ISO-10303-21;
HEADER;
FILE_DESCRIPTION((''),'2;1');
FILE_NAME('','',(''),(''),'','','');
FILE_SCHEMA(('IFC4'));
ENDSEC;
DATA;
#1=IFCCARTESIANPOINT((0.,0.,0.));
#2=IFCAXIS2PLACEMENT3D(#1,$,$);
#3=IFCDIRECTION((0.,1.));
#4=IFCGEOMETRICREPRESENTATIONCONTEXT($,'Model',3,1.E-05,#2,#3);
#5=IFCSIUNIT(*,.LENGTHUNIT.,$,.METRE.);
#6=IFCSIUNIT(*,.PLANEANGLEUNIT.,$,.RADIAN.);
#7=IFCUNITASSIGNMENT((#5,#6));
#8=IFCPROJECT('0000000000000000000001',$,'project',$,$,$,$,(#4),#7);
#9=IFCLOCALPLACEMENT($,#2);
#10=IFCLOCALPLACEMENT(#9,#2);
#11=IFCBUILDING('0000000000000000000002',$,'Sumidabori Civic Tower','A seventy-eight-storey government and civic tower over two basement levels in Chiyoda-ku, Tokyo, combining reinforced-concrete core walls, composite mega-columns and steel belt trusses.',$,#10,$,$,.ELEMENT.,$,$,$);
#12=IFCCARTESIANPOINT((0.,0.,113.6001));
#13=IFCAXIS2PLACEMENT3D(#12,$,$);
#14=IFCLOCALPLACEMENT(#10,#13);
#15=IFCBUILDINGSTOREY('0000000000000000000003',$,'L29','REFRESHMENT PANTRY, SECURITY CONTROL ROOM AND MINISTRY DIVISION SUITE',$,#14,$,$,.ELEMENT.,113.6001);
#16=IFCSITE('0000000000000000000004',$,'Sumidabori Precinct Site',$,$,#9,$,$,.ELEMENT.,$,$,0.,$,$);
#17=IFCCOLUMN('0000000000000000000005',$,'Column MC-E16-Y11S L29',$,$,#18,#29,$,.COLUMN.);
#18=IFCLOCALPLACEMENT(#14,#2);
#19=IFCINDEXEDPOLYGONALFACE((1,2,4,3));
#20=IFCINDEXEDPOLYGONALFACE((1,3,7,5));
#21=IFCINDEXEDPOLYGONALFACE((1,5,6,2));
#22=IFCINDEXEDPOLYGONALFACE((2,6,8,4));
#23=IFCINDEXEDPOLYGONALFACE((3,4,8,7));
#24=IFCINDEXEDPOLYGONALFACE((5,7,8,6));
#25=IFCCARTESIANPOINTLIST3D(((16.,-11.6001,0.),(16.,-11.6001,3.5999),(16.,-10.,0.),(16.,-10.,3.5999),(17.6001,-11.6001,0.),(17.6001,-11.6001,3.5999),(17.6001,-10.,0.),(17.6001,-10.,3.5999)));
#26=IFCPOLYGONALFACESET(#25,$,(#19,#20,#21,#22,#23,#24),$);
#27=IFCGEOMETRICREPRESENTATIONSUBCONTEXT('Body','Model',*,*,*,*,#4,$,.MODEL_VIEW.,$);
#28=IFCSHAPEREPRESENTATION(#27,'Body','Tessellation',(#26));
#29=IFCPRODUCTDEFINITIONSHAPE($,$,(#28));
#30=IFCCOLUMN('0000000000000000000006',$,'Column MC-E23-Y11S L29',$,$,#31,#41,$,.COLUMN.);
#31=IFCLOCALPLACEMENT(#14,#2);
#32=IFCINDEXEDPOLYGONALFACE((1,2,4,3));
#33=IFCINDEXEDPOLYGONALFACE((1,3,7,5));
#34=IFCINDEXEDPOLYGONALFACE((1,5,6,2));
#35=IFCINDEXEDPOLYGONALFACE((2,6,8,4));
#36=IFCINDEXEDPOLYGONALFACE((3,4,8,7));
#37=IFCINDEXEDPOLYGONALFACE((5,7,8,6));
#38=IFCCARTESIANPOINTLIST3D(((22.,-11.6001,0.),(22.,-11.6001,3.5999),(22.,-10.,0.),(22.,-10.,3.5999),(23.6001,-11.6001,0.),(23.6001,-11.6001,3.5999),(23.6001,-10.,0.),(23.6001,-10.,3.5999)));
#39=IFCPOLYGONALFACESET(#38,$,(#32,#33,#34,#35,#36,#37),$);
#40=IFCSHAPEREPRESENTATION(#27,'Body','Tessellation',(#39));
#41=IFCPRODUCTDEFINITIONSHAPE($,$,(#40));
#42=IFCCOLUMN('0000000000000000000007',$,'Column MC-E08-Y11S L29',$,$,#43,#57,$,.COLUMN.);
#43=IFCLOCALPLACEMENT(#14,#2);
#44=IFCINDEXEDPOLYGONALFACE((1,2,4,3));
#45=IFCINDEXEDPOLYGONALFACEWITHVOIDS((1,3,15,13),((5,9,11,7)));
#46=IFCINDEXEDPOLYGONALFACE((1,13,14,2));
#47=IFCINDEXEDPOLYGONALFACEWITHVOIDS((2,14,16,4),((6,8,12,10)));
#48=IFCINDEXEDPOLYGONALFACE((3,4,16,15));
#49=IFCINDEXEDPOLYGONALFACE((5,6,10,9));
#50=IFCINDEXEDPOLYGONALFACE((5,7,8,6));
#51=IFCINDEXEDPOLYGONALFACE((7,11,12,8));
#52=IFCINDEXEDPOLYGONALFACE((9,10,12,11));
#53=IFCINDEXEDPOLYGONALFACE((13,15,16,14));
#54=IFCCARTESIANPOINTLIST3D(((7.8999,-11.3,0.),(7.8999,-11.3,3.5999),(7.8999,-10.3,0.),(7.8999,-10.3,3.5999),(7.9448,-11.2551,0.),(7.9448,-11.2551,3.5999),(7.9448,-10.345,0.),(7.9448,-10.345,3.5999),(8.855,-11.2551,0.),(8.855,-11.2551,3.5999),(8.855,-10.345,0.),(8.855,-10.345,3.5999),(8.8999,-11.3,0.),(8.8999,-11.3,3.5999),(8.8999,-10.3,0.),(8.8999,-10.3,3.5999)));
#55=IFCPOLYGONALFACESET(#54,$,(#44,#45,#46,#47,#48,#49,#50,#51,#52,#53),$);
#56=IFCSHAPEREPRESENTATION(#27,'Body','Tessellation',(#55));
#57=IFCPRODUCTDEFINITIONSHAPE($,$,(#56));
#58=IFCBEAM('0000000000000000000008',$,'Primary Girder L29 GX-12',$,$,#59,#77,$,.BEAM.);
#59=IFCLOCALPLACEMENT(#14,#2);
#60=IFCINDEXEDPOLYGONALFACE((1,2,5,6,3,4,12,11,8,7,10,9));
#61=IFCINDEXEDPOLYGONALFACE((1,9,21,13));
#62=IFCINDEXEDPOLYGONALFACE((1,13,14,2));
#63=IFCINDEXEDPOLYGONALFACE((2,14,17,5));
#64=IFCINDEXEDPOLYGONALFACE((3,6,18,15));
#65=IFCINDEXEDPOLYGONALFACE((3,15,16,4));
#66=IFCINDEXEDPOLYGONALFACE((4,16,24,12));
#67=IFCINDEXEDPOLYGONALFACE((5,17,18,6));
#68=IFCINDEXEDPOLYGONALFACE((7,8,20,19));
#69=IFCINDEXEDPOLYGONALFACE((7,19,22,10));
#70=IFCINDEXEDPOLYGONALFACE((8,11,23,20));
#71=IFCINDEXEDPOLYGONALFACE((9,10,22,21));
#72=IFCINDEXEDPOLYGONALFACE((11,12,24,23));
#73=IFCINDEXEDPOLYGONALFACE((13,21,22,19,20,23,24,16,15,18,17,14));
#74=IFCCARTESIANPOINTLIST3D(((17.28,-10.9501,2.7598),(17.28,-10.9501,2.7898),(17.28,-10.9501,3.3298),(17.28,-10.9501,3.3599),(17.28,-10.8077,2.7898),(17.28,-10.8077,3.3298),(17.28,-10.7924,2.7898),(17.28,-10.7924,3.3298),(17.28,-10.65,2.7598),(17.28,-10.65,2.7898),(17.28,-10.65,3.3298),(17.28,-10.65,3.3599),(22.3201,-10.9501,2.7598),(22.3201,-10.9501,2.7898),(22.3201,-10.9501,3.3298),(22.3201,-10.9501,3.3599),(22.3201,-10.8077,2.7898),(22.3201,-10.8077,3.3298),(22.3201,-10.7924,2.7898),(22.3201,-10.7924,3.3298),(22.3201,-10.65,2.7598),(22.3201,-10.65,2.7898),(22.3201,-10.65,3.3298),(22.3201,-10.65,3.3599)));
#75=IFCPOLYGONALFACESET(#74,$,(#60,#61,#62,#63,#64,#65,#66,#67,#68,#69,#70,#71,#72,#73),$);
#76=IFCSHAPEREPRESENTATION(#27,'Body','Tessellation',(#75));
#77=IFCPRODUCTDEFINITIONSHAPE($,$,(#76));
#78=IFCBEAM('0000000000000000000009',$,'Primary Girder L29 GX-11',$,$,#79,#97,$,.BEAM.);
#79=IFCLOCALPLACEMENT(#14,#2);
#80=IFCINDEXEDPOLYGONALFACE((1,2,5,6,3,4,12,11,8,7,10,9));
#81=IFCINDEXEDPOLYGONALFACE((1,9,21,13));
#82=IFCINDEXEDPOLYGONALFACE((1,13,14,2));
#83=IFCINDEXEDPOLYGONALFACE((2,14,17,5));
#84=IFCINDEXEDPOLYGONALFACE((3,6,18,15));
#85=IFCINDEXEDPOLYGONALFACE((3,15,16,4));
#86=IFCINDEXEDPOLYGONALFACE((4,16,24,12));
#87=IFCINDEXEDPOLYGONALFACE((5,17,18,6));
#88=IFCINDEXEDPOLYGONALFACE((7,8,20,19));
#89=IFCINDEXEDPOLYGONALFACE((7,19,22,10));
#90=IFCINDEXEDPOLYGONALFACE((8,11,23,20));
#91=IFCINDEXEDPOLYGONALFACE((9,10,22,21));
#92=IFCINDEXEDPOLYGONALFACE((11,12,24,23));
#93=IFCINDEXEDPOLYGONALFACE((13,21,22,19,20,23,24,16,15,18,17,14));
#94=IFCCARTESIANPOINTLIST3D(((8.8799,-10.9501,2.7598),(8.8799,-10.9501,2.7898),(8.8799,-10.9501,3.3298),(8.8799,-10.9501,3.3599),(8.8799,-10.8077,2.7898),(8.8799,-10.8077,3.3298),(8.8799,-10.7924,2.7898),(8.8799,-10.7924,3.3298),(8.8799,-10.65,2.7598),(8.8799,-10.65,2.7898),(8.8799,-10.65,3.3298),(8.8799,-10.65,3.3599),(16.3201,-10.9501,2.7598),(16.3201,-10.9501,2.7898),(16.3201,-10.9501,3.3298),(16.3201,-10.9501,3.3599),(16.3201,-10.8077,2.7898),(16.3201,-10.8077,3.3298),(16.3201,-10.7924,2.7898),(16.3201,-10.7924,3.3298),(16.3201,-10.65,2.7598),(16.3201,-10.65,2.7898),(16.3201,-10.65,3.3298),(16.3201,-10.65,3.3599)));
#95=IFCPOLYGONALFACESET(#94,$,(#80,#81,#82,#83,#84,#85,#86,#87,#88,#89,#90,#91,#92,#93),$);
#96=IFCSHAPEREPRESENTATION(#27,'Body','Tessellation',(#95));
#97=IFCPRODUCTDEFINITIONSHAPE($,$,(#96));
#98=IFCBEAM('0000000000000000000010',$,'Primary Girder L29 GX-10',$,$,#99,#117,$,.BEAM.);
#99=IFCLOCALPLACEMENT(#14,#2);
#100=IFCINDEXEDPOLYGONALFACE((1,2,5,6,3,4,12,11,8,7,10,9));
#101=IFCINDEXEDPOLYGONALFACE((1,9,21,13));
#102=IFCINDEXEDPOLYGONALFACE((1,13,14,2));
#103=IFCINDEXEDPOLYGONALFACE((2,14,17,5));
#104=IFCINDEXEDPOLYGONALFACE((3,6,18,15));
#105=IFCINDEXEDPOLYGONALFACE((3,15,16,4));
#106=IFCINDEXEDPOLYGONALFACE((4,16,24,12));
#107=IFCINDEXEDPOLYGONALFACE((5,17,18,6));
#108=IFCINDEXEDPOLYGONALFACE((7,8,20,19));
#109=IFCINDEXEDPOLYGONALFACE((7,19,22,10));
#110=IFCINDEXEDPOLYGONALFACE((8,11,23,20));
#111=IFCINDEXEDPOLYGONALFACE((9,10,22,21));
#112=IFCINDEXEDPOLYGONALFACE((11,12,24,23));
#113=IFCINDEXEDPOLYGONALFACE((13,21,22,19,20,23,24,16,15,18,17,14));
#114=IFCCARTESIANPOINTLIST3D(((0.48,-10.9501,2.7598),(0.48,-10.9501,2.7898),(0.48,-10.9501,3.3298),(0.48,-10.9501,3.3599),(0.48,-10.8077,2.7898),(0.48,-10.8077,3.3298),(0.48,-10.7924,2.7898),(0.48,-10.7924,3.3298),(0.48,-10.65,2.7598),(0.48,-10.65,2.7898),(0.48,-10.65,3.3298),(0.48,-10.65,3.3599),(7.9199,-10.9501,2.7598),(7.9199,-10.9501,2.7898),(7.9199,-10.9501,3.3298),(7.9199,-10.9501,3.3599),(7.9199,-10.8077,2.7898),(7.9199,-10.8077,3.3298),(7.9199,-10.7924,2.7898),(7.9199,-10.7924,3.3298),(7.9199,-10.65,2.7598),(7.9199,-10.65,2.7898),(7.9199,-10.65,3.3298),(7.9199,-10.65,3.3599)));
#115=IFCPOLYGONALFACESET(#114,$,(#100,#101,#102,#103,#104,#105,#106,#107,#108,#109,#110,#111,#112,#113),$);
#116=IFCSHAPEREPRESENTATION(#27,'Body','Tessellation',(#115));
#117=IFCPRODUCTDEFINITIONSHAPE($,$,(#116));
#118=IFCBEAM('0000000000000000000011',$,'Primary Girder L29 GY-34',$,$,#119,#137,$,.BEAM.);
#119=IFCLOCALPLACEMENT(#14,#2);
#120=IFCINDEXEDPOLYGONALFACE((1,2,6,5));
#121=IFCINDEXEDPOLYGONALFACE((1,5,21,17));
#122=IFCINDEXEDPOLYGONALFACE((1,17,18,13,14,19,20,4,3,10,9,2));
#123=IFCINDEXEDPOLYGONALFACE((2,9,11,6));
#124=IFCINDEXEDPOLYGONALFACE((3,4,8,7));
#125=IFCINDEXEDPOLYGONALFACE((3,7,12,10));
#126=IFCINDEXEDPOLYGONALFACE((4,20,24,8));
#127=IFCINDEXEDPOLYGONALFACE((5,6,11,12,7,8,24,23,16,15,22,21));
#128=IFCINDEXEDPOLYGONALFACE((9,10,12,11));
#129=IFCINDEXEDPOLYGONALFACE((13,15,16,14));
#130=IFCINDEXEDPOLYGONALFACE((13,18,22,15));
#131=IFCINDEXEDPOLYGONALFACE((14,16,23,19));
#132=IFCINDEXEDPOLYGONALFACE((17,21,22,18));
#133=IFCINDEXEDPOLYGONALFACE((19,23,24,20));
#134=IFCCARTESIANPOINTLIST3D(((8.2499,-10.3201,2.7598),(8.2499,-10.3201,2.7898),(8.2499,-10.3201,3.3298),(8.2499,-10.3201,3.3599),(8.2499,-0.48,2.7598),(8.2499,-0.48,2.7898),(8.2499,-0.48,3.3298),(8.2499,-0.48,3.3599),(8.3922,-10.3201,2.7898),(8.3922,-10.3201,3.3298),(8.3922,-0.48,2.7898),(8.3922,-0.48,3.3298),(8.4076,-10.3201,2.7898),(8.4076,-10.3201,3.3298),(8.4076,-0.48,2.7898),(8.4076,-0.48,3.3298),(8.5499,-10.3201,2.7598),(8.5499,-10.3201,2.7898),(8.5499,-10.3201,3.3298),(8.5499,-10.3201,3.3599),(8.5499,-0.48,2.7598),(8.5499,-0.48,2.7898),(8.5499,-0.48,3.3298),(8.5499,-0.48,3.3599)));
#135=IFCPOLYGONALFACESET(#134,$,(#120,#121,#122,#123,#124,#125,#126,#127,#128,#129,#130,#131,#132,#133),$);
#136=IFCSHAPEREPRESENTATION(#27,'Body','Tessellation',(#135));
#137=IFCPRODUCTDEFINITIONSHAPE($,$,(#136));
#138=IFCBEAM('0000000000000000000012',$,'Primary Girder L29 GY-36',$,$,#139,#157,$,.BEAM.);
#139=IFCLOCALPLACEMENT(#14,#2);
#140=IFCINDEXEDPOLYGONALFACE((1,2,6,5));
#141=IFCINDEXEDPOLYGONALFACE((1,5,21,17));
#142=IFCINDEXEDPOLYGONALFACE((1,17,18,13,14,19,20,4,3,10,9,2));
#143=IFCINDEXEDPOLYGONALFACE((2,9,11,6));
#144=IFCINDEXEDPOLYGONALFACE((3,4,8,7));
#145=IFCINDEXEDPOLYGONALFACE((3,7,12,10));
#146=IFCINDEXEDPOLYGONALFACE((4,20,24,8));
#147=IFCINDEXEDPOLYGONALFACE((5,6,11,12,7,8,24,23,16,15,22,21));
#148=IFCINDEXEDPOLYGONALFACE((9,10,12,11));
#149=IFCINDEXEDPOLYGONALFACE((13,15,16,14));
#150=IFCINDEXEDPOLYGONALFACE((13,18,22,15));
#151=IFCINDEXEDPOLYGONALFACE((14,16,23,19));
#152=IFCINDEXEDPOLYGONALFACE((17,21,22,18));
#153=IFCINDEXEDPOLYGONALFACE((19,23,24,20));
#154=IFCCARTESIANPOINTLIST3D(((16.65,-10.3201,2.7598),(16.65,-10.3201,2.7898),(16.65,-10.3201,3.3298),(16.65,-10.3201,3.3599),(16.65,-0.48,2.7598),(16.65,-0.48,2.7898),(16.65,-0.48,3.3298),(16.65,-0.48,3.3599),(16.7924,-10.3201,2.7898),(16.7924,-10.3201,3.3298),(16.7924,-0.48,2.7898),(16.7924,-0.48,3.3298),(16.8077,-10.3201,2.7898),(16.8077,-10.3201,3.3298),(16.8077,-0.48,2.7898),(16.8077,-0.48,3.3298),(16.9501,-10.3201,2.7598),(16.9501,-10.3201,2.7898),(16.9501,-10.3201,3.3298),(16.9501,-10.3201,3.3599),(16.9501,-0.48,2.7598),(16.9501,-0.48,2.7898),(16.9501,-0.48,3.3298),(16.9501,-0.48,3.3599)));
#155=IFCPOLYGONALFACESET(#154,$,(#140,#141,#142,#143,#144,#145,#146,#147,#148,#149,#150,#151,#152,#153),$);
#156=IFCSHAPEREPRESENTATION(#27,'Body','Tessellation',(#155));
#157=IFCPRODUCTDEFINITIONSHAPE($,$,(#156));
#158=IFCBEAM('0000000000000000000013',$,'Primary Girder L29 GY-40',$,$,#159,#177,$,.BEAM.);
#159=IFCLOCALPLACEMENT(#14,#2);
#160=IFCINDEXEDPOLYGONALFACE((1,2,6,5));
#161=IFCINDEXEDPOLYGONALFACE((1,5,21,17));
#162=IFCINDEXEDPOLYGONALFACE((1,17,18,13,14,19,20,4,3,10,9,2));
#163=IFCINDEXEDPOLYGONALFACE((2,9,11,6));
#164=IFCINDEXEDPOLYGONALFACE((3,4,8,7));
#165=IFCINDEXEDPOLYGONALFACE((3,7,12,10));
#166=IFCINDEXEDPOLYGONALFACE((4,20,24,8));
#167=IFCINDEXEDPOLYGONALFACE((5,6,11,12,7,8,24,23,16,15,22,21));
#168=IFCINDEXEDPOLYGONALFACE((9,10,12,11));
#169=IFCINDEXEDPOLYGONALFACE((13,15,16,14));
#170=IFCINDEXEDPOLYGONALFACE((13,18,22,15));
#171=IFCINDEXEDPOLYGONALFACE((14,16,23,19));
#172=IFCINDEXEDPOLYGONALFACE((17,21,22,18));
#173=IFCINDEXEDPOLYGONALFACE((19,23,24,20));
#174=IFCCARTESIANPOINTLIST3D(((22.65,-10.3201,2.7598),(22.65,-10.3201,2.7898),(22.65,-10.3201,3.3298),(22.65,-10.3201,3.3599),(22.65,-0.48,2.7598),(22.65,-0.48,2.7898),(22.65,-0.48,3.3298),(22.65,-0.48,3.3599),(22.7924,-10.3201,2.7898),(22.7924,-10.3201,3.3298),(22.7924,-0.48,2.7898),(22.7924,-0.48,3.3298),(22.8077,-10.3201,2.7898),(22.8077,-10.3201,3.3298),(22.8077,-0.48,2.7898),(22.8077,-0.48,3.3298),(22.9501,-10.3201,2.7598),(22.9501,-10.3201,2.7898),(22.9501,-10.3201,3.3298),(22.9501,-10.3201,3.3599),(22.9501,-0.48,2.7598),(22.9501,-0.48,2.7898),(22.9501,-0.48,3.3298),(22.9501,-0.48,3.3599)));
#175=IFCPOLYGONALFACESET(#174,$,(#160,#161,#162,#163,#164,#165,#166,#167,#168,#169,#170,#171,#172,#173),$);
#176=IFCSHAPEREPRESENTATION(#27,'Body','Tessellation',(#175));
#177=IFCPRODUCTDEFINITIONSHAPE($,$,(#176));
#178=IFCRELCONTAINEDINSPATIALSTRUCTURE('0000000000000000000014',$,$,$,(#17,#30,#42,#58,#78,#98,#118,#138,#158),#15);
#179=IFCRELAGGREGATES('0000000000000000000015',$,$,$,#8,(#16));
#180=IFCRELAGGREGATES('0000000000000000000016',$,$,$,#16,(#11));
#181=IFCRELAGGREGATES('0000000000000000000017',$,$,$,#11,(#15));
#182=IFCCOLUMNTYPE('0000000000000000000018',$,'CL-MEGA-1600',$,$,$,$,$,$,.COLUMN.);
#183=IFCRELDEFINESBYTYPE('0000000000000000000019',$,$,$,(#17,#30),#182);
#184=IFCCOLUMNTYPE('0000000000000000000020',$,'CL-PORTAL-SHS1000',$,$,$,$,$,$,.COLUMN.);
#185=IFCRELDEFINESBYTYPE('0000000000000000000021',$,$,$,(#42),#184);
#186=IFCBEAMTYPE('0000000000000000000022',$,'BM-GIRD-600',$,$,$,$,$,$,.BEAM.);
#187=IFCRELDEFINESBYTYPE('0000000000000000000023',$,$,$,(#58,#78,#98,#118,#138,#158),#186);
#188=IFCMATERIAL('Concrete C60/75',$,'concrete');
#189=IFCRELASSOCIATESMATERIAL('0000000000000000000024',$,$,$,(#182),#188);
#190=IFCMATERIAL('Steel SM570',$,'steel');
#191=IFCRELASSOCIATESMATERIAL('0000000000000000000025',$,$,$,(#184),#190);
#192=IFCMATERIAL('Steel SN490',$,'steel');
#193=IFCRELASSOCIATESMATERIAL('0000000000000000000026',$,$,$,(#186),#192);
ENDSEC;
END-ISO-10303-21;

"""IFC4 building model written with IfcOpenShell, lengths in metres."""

from ifc_helpers import new_model, si_unit, direction, frame, origin, origin_2d, place, context, subcontext, project, spatial, rectangle, hollow_rectangle, i_section, extrude, source, transform, mapped, material, material_profile, profile_set, type_object, element, save


model = new_model("IFC4")

# Units and contexts
model_context = context("Model", 3, precision=1e-05, world=origin(), true_north=direction((0.0, 1.0)))
body_context = subcontext(model_context, "Body", "Model", "MODEL_VIEW")
ifc_project = project(units=[si_unit("LENGTHUNIT", "METRE"), si_unit("PLANEANGLEUNIT", "RADIAN")], contexts=[model_context])

# Site, building, storey
site_placement = place(None, origin())
site = spatial("IfcSite", under=ifc_project, at=site_placement, Name="Sumidabori Precinct Site", CompositionType="ELEMENT", RefElevation=0.0)
building_placement = place(site_placement, origin())
building = spatial("IfcBuilding", under=site, at=building_placement, Name="Sumidabori Civic Tower", Description="A seventy-eight-storey government and civic tower over two basement levels in Chiyoda-ku, Tokyo, combining reinforced-concrete core walls, composite mega-columns and steel belt trusses.", CompositionType="ELEMENT")
storey_placement = place(building_placement, frame((0.0, 0.0, 113.6001)))
storey = spatial("IfcBuildingStorey", under=building, at=storey_placement, Name="L29", Description="REFRESHMENT PANTRY, SECURITY CONTROL ROOM AND MINISTRY DIVISION SUITE", CompositionType="ELEMENT", Elevation=113.6001)

# Columns
ifc_material_1 = material(Name="Concrete C60/75", Category="concrete")
ifc_material_profile_1 = material_profile(ifc_material_1, rectangle(XDim=1.6001, YDim=1.6001, at=origin_2d()), Name="RC 1600x1600")
ifc_profile_set_1 = profile_set([ifc_material_profile_1], Name="Concrete C60/75")
column_type_1 = type_object("IfcColumnType", Name="CL-MEGA-1600", PredefinedType="COLUMN", material=ifc_profile_set_1)
shared_shape_1 = source(origin(), body_context, "Body", "SweptSolid", [
    extrude(rectangle(XDim=1.6001, YDim=1.6001, at=origin_2d()), origin(), (0.0, 0.0, 1.0), 3.5999),
])
for number, where, z_axis, x_axis, name in (
    (1, (16.8, -10.8, 0.0), (0.0, 0.0, 1.0), (1.0, 0.0, 0.0), "Column MC-E16-Y11S L29"),
    (2, (22.8, -10.8, 0.0), (0.0, 0.0, 1.0), (1.0, 0.0, 0.0), "Column MC-E23-Y11S L29"),
):
    element("IfcColumn", number, at=place(storey_placement, frame(where, z_axis=z_axis, x_axis=x_axis)), inside=storey, type_object=column_type_1, Name=name, PredefinedType="COLUMN", context=body_context, shape_type="MappedRepresentation", body=[
        mapped(shared_shape_1, transform((0.0, 0.0, 0.0), x_axis=(1.0, 0.0, 0.0), y_axis=(0.0, 1.0, 0.0), z_axis=(0.0, 0.0, 1.0), scale=1.0)),
    ])
ifc_material_2 = material(Name="Steel SM570", Category="steel")
ifc_material_profile_2 = material_profile(ifc_material_2, hollow_rectangle(XDim=1.0, YDim=1.0, WallThickness=0.0449, at=origin_2d()), Name="SHS 1000x1000x45")
ifc_profile_set_2 = profile_set([ifc_material_profile_2], Name="Steel SM570")
column_type_2 = type_object("IfcColumnType", Name="CL-PORTAL-SHS1000", PredefinedType="COLUMN", material=ifc_profile_set_2)
shared_shape_2 = source(origin(), body_context, "Body", "SweptSolid", [
    extrude(hollow_rectangle(XDim=1.0, YDim=1.0, WallThickness=0.0449, at=origin_2d()), origin(), (0.0, 0.0, 1.0), 3.5999),
])
column_placement = place(storey_placement, frame((8.3999, -10.8, 0.0), z_axis=(0.0, 0.0, 1.0), x_axis=(1.0, 0.0, 0.0)))
element("IfcColumn", 3, at=column_placement, inside=storey, type_object=column_type_2, Name="Column MC-E08-Y11S L29", PredefinedType="COLUMN", context=body_context, shape_type="MappedRepresentation", body=[
    mapped(shared_shape_2, transform((0.0, 0.0, 0.0), x_axis=(1.0, 0.0, 0.0), y_axis=(0.0, 1.0, 0.0), z_axis=(0.0, 0.0, 1.0), scale=1.0)),
])

# Beams
ifc_material_3 = material(Name="Steel SN490", Category="steel")
ifc_material_profile_3 = material_profile(ifc_material_3, i_section(OverallWidth=0.3, OverallDepth=0.6001, WebThickness=0.0154, FlangeThickness=0.03, at=origin_2d()), Name="HE 600 B")
ifc_profile_set_3 = profile_set([ifc_material_profile_3], Name="Steel SN490")
beam_type_1 = type_object("IfcBeamType", Name="BM-GIRD-600", PredefinedType="BEAM", material=ifc_profile_set_3)
shared_shape_3 = source(origin(), body_context, "Body", "SweptSolid", [
    extrude(i_section(OverallWidth=0.3, OverallDepth=0.6001, WebThickness=0.0154, FlangeThickness=0.03, at=origin_2d()), origin(), (0.0, 0.0, 1.0), 5.04),
])
beam_1_placement = place(storey_placement, frame((17.28, -10.8, 3.0598), z_axis=(1.0, 0.0, 0.0), x_axis=(0.0, 1.0, 0.0)))
element("IfcBeam", 4, at=beam_1_placement, inside=storey, type_object=beam_type_1, Name="Primary Girder L29 GX-12", PredefinedType="BEAM", context=body_context, shape_type="MappedRepresentation", body=[
    mapped(shared_shape_3, transform((0.0, 0.0, 0.0), x_axis=(1.0, 0.0, 0.0), y_axis=(0.0, 1.0, 0.0), z_axis=(0.0, 0.0, 1.0), scale=1.0)),
])
shared_shape_4 = source(origin(), body_context, "Body", "SweptSolid", [
    extrude(i_section(OverallWidth=0.3, OverallDepth=0.6001, WebThickness=0.0154, FlangeThickness=0.03, at=origin_2d()), origin(), (0.0, 0.0, 1.0), 7.4402),
])
beam_2_placement = place(storey_placement, frame((8.8799, -10.8, 3.0598), z_axis=(1.0, 0.0, 0.0), x_axis=(0.0, 1.0, 0.0)))
element("IfcBeam", 5, at=beam_2_placement, inside=storey, type_object=beam_type_1, Name="Primary Girder L29 GX-11", PredefinedType="BEAM", context=body_context, shape_type="MappedRepresentation", body=[
    mapped(shared_shape_4, transform((0.0, 0.0, 0.0), x_axis=(1.0, 0.0, 0.0), y_axis=(0.0, 1.0, 0.0), z_axis=(0.0, 0.0, 1.0), scale=1.0)),
])
shared_shape_5 = source(origin(), body_context, "Body", "SweptSolid", [
    extrude(i_section(OverallWidth=0.3, OverallDepth=0.6001, WebThickness=0.0154, FlangeThickness=0.03, at=origin_2d()), origin(), (0.0, 0.0, 1.0), 7.4399),
])
beam_3_placement = place(storey_placement, frame((0.48, -10.8, 3.0598), z_axis=(1.0, 0.0, 0.0), x_axis=(0.0, 1.0, 0.0)))
element("IfcBeam", 6, at=beam_3_placement, inside=storey, type_object=beam_type_1, Name="Primary Girder L29 GX-10", PredefinedType="BEAM", context=body_context, shape_type="MappedRepresentation", body=[
    mapped(shared_shape_5, transform((0.0, 0.0, 0.0), x_axis=(1.0, 0.0, 0.0), y_axis=(0.0, 1.0, 0.0), z_axis=(0.0, 0.0, 1.0), scale=1.0)),
])
shared_shape_6 = source(origin(), body_context, "Body", "SweptSolid", [
    extrude(i_section(OverallWidth=0.3, OverallDepth=0.6001, WebThickness=0.0154, FlangeThickness=0.03, at=origin_2d()), origin(), (0.0, 0.0, 1.0), 9.8401),
])
for number, where, z_axis, x_axis, name in (
    (7, (8.3999, -10.3201, 3.0598), (0.0, 1.0, 0.0), (-1.0, 0.0, 0.0), "Primary Girder L29 GY-34"),
    (8, (16.8, -10.3201, 3.0598), (0.0, 1.0, 0.0), (-1.0, 0.0, 0.0), "Primary Girder L29 GY-36"),
    (9, (22.8, -10.3201, 3.0598), (0.0, 1.0, 0.0), (-1.0, 0.0, 0.0), "Primary Girder L29 GY-40"),
):
    element("IfcBeam", number, at=place(storey_placement, frame(where, z_axis=z_axis, x_axis=x_axis)), inside=storey, type_object=beam_type_1, Name=name, PredefinedType="BEAM", context=body_context, shape_type="MappedRepresentation", body=[
        mapped(shared_shape_6, transform((0.0, 0.0, 0.0), x_axis=(1.0, 0.0, 0.0), y_axis=(0.0, 1.0, 0.0), z_axis=(0.0, 0.0, 1.0), scale=1.0)),
    ])

save(model, "model.ifc")
